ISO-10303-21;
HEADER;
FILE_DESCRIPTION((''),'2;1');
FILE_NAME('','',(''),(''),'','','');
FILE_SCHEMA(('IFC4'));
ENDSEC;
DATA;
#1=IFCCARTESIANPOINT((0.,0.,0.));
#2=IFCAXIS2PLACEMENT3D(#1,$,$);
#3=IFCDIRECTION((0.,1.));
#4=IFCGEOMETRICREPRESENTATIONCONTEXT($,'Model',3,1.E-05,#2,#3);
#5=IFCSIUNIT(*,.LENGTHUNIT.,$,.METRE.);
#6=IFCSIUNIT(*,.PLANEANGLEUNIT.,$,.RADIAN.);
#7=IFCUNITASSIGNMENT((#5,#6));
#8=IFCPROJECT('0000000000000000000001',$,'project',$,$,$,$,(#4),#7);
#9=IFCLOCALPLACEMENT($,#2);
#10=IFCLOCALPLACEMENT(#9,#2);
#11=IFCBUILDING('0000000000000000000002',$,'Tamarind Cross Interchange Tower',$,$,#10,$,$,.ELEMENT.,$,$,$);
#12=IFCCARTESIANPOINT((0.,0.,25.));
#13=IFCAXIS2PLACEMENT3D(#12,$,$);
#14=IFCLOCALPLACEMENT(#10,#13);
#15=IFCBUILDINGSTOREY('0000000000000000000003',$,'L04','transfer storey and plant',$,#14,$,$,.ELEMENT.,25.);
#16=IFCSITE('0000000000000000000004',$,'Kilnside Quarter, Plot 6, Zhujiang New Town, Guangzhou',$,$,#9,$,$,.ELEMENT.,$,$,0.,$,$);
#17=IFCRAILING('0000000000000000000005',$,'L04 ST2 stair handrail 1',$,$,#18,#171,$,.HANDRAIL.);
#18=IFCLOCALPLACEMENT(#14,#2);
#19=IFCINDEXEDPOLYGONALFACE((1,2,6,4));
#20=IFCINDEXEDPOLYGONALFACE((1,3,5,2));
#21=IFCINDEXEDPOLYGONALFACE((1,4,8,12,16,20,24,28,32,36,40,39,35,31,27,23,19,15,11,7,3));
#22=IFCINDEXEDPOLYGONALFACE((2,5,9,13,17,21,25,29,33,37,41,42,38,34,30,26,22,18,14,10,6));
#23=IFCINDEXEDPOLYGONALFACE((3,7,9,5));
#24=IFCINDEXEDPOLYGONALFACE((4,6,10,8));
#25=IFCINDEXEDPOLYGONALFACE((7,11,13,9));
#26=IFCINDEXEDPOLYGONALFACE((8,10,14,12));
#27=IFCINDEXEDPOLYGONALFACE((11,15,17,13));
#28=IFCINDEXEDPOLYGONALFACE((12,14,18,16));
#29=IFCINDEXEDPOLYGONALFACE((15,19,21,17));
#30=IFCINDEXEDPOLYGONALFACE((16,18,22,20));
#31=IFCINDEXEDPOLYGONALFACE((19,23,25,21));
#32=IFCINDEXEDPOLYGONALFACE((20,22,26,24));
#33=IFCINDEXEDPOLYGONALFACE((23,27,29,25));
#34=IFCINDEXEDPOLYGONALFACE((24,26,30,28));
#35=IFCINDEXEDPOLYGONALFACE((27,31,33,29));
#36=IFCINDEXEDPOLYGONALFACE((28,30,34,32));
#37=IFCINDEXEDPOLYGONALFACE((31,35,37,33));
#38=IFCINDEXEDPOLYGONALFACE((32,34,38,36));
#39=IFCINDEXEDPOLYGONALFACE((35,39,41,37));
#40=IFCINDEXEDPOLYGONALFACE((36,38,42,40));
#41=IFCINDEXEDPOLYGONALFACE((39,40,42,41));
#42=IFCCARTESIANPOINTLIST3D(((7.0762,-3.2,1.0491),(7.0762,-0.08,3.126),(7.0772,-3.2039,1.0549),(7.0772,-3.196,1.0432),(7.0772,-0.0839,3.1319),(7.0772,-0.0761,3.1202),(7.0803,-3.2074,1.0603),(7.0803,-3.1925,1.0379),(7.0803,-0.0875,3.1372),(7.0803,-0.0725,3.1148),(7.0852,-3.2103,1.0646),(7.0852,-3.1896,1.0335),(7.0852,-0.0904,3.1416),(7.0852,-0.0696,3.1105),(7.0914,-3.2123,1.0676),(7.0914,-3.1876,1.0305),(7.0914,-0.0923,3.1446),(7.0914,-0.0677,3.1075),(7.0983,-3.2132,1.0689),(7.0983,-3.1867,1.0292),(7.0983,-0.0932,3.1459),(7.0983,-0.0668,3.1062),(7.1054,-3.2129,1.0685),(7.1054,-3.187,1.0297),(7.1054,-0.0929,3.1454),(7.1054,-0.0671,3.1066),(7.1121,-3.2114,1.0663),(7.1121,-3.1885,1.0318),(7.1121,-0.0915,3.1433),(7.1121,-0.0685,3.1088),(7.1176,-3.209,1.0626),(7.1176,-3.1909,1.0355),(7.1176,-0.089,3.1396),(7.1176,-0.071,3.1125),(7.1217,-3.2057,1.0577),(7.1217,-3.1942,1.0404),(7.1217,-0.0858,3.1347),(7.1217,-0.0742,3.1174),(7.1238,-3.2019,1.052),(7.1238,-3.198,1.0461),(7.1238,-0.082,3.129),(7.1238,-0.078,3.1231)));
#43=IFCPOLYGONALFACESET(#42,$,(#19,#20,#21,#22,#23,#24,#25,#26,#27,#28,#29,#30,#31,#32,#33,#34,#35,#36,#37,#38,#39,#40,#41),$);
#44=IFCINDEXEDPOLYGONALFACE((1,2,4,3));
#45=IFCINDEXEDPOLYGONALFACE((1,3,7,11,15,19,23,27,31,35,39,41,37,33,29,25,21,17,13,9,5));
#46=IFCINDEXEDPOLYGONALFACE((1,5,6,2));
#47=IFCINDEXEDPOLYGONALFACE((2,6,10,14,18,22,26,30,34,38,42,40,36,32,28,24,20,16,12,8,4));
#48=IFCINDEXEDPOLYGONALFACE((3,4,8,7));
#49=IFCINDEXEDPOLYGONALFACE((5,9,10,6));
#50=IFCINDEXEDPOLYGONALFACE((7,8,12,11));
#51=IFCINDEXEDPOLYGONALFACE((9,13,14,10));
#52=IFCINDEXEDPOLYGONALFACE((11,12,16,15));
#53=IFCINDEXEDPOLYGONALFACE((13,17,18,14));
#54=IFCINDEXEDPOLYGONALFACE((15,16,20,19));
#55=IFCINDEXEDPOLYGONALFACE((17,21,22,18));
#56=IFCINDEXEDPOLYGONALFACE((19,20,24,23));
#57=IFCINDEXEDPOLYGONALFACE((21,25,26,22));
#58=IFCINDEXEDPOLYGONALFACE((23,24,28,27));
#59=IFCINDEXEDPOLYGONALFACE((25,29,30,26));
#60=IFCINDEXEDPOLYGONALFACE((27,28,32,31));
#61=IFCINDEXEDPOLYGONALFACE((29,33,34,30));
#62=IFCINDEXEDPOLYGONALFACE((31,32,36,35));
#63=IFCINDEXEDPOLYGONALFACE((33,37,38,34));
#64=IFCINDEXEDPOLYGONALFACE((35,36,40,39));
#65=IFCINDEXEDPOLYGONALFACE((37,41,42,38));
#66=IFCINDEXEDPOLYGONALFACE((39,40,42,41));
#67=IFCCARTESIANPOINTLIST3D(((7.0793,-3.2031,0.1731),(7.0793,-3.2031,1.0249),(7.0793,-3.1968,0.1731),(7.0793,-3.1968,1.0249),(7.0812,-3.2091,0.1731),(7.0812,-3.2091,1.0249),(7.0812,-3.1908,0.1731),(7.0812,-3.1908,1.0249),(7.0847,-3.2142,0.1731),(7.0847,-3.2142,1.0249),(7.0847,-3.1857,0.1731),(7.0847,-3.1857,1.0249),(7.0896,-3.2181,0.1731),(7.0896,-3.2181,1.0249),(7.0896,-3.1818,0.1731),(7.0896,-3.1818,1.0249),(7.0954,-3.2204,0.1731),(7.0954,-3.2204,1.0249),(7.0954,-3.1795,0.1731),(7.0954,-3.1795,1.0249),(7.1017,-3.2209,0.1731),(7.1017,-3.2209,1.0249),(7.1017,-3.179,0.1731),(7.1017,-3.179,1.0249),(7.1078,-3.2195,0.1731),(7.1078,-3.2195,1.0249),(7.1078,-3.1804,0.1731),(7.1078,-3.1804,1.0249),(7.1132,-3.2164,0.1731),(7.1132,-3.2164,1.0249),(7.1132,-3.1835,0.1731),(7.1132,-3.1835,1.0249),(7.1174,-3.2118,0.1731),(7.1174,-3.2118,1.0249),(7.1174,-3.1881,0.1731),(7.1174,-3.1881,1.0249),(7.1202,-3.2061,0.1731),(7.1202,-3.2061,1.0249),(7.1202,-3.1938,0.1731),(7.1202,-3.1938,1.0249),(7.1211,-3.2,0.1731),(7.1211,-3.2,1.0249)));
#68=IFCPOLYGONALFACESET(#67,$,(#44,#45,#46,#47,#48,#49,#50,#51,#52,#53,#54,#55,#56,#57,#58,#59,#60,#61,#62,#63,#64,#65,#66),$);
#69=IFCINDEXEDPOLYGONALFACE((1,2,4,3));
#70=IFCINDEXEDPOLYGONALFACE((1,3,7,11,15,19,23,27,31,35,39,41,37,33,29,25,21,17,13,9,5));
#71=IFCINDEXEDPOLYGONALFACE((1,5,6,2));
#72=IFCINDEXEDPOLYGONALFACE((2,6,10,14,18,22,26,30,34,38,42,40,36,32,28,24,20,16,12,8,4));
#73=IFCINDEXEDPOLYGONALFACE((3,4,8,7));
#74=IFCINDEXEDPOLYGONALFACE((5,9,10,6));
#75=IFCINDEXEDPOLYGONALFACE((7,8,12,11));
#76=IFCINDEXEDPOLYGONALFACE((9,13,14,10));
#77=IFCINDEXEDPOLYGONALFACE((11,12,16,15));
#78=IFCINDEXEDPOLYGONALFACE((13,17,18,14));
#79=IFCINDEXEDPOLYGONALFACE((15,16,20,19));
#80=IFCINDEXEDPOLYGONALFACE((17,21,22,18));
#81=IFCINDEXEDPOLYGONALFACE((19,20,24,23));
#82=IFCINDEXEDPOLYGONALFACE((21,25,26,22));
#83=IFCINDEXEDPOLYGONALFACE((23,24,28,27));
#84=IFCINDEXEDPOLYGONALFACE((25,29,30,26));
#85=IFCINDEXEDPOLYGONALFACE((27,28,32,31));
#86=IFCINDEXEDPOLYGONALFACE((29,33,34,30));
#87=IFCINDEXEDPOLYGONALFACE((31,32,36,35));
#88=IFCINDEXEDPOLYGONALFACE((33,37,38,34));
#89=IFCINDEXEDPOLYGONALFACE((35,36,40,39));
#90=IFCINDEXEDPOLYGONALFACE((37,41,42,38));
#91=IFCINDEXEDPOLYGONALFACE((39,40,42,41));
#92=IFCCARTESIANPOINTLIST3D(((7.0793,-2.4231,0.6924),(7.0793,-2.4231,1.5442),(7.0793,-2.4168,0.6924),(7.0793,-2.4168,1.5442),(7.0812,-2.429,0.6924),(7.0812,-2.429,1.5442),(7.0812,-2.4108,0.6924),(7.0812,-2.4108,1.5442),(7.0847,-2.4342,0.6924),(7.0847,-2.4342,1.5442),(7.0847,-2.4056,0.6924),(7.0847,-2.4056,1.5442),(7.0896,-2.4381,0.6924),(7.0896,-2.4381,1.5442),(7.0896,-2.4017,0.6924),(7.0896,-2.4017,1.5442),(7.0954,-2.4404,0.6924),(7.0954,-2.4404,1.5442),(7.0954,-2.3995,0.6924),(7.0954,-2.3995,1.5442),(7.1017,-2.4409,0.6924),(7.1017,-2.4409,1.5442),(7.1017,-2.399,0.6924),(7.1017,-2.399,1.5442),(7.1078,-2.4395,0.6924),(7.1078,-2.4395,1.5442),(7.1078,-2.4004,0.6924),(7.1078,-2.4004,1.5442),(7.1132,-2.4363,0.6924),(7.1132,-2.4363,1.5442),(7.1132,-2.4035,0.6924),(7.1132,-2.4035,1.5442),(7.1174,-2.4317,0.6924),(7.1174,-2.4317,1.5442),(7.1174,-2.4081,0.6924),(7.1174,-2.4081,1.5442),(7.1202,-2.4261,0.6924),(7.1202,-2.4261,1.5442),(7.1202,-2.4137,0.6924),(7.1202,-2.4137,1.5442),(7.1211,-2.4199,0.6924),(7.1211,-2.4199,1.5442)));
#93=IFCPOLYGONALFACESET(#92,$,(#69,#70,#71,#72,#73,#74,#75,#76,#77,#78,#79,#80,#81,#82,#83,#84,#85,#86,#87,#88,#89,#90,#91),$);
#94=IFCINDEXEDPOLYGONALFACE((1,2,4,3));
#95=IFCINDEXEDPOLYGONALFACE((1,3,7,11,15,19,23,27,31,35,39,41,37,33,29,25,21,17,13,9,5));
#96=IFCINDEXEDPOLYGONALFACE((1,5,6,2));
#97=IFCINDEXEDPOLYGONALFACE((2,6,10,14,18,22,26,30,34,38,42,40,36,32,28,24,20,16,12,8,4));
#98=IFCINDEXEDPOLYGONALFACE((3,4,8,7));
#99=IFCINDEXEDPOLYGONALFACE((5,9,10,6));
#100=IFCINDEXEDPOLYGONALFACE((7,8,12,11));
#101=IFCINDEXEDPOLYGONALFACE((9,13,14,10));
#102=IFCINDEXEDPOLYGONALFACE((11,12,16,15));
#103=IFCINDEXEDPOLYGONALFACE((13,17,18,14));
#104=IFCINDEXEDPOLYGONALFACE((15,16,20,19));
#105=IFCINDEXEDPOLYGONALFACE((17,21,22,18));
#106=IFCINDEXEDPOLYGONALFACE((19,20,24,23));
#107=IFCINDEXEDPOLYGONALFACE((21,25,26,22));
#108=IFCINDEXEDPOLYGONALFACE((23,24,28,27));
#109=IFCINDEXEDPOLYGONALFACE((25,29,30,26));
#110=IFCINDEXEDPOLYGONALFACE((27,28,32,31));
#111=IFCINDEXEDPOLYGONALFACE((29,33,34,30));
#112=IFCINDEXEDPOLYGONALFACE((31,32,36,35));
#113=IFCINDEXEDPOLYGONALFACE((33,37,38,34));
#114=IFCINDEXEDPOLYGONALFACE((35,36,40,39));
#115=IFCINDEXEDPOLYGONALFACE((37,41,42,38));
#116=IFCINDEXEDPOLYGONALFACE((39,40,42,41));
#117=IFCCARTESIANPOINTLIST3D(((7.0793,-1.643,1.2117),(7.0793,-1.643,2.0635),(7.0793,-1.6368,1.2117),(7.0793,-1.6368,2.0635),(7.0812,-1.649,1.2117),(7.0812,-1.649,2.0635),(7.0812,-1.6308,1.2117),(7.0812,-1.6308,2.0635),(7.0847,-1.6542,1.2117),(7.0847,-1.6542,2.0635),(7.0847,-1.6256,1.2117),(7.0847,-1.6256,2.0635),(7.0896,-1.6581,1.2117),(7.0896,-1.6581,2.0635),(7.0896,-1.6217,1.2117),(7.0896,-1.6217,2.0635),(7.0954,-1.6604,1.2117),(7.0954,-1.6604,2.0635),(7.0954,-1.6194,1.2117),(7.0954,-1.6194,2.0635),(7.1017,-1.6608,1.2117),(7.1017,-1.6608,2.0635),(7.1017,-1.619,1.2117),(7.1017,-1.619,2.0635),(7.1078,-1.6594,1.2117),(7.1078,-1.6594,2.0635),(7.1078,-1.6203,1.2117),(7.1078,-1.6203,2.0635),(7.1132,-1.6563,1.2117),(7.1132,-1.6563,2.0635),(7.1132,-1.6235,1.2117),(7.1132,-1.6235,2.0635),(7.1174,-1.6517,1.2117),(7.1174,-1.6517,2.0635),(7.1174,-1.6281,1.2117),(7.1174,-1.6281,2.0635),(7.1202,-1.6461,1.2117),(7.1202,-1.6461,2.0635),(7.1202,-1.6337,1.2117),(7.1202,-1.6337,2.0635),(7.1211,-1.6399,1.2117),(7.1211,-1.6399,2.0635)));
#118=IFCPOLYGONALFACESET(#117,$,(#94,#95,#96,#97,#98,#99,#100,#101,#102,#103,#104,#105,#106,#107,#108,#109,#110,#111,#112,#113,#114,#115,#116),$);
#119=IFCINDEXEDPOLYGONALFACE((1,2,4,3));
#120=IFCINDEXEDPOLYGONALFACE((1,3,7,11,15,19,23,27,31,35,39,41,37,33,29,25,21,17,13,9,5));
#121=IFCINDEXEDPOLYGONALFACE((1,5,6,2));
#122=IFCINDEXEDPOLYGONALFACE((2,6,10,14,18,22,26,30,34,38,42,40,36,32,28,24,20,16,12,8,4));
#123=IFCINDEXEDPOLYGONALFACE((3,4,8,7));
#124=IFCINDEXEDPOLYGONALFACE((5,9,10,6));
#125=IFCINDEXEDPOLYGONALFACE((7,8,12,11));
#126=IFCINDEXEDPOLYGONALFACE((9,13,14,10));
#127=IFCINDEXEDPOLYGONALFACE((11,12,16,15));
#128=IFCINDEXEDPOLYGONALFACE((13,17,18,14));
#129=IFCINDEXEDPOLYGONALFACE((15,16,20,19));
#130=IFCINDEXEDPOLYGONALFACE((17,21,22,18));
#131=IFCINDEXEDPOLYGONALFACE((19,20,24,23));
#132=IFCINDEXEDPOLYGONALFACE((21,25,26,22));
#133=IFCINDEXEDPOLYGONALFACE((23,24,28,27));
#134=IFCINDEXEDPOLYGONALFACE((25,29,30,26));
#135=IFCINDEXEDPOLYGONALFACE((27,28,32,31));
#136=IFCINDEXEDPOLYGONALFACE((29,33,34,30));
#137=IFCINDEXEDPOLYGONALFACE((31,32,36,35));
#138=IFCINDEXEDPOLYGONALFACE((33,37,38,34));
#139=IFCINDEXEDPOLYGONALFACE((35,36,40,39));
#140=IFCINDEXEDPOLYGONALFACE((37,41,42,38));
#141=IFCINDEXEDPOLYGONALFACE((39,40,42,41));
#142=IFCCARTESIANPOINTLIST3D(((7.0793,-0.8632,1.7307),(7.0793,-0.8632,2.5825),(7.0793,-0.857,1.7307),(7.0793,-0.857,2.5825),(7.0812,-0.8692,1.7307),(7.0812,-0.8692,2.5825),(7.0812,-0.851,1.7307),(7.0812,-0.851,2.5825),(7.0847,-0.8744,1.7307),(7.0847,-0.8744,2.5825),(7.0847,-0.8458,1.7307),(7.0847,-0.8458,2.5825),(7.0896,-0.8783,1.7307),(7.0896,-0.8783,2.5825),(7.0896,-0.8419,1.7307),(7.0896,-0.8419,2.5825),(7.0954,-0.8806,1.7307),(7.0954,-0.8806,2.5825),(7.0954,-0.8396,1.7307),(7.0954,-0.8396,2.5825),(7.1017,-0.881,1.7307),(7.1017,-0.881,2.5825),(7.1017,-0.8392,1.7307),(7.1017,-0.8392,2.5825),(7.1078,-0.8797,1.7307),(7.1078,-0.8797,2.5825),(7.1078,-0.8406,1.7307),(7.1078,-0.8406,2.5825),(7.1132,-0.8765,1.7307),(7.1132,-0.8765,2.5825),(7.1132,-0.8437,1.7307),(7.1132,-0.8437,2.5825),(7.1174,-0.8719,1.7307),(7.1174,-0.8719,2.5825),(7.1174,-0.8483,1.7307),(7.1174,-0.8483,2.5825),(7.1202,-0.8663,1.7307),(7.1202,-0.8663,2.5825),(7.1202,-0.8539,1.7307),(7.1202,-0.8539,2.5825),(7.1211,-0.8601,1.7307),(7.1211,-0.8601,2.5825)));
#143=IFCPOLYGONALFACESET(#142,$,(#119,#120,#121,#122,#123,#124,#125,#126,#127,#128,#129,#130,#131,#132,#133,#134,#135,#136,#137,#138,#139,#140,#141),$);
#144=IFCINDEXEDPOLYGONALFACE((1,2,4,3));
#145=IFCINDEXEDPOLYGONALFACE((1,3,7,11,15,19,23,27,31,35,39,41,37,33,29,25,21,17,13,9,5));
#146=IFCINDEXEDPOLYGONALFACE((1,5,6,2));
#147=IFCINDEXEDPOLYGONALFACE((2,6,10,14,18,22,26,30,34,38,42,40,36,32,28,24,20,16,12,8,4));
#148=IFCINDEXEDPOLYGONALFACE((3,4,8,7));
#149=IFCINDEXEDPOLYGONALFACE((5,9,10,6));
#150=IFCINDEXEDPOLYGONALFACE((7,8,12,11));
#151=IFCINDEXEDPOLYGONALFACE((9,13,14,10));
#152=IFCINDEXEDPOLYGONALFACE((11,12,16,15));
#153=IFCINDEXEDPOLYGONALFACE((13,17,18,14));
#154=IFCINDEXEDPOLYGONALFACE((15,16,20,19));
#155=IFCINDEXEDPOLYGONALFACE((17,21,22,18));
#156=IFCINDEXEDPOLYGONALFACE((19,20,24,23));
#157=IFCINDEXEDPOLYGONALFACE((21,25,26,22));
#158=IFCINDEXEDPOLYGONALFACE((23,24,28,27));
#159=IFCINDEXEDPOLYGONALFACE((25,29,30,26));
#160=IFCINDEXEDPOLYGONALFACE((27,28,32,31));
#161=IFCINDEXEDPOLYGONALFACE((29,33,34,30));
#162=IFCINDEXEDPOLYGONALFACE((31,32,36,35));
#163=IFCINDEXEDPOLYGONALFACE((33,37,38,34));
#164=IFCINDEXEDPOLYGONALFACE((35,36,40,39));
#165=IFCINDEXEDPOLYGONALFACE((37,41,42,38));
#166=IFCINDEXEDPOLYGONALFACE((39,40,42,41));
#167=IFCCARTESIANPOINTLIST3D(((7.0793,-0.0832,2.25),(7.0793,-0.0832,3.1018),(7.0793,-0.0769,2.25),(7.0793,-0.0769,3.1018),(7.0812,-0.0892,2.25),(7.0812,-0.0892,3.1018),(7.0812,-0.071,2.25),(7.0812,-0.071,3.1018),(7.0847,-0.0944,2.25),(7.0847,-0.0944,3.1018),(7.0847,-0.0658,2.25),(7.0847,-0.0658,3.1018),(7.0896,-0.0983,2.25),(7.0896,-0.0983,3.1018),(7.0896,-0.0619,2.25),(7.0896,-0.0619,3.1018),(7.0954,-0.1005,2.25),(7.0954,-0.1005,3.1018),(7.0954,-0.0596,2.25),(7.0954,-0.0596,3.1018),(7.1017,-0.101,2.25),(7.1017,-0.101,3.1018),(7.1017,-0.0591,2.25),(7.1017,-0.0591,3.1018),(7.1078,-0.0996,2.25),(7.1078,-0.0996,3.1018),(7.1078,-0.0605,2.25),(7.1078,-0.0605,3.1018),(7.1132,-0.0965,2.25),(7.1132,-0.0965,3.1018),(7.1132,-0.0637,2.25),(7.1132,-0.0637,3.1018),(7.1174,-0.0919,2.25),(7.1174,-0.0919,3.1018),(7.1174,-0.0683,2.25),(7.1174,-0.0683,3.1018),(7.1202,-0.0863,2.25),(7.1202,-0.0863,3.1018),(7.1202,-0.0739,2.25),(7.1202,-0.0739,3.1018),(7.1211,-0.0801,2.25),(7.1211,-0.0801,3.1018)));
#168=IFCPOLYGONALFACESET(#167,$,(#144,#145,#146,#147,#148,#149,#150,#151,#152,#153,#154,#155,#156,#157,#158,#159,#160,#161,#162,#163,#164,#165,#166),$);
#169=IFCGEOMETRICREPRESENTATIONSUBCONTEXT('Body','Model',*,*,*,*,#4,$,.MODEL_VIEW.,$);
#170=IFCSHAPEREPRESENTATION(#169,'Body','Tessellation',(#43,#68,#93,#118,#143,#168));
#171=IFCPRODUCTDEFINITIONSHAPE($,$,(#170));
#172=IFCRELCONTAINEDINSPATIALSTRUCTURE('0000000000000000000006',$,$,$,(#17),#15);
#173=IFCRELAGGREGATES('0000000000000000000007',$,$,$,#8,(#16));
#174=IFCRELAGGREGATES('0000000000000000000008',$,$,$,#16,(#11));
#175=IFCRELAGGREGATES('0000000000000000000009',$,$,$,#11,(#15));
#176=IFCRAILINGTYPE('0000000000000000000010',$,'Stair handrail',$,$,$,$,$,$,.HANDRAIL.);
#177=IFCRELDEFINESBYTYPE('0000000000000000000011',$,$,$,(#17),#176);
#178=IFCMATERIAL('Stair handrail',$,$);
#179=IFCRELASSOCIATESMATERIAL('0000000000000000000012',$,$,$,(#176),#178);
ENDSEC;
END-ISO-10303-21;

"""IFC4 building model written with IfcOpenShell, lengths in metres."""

from ifc_helpers import new_model, si_unit, direction, frame, origin, origin_2d, place, context, subcontext, project, spatial, circle, extrude, material, type_object, element, save


model = new_model("IFC4")

# Units and contexts
model_context = context("Model", 3, precision=1e-05, world=origin(), true_north=direction((0.0, 1.0)))
body_context = subcontext(model_context, "Body", "Model", "MODEL_VIEW")
ifc_project = project(units=[si_unit("LENGTHUNIT", "METRE"), si_unit("PLANEANGLEUNIT", "RADIAN")], contexts=[model_context])

# Site, building, storey
site_placement = place(None, origin())
site = spatial("IfcSite", under=ifc_project, at=site_placement, Name="Kilnside Quarter, Plot 6, Zhujiang New Town, Guangzhou", CompositionType="ELEMENT", RefElevation=0.0)
building_placement = place(site_placement, origin())
building = spatial("IfcBuilding", under=site, at=building_placement, Name="Tamarind Cross Interchange Tower", CompositionType="ELEMENT")
storey_placement = place(building_placement, frame((0.0, 0.0, 25.0)))
storey = spatial("IfcBuildingStorey", under=building, at=storey_placement, Name="L04", Description="transfer storey and plant", CompositionType="ELEMENT", Elevation=25.0)

# Railing
ifc_material_1 = material(Name="Stair handrail")
railing_type_1 = type_object("IfcRailingType", Name="Stair handrail", PredefinedType="HANDRAIL", material=ifc_material_1)
railing_1_placement = place(storey_placement, frame((7.1001, -3.2, 0.1731)))
element("IfcRailing", 1, at=railing_1_placement, inside=storey, type_object=railing_type_1, Name="L04 ST2 stair handrail 1", PredefinedType="HANDRAIL", context=body_context, shape_type="SweptSolid", body=[
    extrude(circle(Radius=0.0239, at=origin_2d()), frame((0.0, 0.0, 0.876), z_axis=(0.0, 0.832421, 0.554144), x_axis=(-1.0, 0.0, 0.0)), (0.0, 0.0, 1.0), 3.748),
    extrude(circle(Radius=0.021, at=origin_2d()), origin(), (0.0, 0.0, 1.0), 0.8518),
    extrude(circle(Radius=0.021, at=origin_2d()), frame((0.0, 0.78, 0.5193)), (0.0, 0.0, 1.0), 0.8518),
    extrude(circle(Radius=0.021, at=origin_2d()), frame((0.0, 1.5601, 1.0386)), (0.0, 0.0, 1.0), 0.8518),
    extrude(circle(Radius=0.021, at=origin_2d()), frame((0.0, 2.3398, 1.5576)), (0.0, 0.0, 1.0), 0.8518),
    extrude(circle(Radius=0.021, at=origin_2d()), frame((0.0, 3.1199, 2.0769)), (0.0, 0.0, 1.0), 0.8518),
])

save(model, "model.ifc")
